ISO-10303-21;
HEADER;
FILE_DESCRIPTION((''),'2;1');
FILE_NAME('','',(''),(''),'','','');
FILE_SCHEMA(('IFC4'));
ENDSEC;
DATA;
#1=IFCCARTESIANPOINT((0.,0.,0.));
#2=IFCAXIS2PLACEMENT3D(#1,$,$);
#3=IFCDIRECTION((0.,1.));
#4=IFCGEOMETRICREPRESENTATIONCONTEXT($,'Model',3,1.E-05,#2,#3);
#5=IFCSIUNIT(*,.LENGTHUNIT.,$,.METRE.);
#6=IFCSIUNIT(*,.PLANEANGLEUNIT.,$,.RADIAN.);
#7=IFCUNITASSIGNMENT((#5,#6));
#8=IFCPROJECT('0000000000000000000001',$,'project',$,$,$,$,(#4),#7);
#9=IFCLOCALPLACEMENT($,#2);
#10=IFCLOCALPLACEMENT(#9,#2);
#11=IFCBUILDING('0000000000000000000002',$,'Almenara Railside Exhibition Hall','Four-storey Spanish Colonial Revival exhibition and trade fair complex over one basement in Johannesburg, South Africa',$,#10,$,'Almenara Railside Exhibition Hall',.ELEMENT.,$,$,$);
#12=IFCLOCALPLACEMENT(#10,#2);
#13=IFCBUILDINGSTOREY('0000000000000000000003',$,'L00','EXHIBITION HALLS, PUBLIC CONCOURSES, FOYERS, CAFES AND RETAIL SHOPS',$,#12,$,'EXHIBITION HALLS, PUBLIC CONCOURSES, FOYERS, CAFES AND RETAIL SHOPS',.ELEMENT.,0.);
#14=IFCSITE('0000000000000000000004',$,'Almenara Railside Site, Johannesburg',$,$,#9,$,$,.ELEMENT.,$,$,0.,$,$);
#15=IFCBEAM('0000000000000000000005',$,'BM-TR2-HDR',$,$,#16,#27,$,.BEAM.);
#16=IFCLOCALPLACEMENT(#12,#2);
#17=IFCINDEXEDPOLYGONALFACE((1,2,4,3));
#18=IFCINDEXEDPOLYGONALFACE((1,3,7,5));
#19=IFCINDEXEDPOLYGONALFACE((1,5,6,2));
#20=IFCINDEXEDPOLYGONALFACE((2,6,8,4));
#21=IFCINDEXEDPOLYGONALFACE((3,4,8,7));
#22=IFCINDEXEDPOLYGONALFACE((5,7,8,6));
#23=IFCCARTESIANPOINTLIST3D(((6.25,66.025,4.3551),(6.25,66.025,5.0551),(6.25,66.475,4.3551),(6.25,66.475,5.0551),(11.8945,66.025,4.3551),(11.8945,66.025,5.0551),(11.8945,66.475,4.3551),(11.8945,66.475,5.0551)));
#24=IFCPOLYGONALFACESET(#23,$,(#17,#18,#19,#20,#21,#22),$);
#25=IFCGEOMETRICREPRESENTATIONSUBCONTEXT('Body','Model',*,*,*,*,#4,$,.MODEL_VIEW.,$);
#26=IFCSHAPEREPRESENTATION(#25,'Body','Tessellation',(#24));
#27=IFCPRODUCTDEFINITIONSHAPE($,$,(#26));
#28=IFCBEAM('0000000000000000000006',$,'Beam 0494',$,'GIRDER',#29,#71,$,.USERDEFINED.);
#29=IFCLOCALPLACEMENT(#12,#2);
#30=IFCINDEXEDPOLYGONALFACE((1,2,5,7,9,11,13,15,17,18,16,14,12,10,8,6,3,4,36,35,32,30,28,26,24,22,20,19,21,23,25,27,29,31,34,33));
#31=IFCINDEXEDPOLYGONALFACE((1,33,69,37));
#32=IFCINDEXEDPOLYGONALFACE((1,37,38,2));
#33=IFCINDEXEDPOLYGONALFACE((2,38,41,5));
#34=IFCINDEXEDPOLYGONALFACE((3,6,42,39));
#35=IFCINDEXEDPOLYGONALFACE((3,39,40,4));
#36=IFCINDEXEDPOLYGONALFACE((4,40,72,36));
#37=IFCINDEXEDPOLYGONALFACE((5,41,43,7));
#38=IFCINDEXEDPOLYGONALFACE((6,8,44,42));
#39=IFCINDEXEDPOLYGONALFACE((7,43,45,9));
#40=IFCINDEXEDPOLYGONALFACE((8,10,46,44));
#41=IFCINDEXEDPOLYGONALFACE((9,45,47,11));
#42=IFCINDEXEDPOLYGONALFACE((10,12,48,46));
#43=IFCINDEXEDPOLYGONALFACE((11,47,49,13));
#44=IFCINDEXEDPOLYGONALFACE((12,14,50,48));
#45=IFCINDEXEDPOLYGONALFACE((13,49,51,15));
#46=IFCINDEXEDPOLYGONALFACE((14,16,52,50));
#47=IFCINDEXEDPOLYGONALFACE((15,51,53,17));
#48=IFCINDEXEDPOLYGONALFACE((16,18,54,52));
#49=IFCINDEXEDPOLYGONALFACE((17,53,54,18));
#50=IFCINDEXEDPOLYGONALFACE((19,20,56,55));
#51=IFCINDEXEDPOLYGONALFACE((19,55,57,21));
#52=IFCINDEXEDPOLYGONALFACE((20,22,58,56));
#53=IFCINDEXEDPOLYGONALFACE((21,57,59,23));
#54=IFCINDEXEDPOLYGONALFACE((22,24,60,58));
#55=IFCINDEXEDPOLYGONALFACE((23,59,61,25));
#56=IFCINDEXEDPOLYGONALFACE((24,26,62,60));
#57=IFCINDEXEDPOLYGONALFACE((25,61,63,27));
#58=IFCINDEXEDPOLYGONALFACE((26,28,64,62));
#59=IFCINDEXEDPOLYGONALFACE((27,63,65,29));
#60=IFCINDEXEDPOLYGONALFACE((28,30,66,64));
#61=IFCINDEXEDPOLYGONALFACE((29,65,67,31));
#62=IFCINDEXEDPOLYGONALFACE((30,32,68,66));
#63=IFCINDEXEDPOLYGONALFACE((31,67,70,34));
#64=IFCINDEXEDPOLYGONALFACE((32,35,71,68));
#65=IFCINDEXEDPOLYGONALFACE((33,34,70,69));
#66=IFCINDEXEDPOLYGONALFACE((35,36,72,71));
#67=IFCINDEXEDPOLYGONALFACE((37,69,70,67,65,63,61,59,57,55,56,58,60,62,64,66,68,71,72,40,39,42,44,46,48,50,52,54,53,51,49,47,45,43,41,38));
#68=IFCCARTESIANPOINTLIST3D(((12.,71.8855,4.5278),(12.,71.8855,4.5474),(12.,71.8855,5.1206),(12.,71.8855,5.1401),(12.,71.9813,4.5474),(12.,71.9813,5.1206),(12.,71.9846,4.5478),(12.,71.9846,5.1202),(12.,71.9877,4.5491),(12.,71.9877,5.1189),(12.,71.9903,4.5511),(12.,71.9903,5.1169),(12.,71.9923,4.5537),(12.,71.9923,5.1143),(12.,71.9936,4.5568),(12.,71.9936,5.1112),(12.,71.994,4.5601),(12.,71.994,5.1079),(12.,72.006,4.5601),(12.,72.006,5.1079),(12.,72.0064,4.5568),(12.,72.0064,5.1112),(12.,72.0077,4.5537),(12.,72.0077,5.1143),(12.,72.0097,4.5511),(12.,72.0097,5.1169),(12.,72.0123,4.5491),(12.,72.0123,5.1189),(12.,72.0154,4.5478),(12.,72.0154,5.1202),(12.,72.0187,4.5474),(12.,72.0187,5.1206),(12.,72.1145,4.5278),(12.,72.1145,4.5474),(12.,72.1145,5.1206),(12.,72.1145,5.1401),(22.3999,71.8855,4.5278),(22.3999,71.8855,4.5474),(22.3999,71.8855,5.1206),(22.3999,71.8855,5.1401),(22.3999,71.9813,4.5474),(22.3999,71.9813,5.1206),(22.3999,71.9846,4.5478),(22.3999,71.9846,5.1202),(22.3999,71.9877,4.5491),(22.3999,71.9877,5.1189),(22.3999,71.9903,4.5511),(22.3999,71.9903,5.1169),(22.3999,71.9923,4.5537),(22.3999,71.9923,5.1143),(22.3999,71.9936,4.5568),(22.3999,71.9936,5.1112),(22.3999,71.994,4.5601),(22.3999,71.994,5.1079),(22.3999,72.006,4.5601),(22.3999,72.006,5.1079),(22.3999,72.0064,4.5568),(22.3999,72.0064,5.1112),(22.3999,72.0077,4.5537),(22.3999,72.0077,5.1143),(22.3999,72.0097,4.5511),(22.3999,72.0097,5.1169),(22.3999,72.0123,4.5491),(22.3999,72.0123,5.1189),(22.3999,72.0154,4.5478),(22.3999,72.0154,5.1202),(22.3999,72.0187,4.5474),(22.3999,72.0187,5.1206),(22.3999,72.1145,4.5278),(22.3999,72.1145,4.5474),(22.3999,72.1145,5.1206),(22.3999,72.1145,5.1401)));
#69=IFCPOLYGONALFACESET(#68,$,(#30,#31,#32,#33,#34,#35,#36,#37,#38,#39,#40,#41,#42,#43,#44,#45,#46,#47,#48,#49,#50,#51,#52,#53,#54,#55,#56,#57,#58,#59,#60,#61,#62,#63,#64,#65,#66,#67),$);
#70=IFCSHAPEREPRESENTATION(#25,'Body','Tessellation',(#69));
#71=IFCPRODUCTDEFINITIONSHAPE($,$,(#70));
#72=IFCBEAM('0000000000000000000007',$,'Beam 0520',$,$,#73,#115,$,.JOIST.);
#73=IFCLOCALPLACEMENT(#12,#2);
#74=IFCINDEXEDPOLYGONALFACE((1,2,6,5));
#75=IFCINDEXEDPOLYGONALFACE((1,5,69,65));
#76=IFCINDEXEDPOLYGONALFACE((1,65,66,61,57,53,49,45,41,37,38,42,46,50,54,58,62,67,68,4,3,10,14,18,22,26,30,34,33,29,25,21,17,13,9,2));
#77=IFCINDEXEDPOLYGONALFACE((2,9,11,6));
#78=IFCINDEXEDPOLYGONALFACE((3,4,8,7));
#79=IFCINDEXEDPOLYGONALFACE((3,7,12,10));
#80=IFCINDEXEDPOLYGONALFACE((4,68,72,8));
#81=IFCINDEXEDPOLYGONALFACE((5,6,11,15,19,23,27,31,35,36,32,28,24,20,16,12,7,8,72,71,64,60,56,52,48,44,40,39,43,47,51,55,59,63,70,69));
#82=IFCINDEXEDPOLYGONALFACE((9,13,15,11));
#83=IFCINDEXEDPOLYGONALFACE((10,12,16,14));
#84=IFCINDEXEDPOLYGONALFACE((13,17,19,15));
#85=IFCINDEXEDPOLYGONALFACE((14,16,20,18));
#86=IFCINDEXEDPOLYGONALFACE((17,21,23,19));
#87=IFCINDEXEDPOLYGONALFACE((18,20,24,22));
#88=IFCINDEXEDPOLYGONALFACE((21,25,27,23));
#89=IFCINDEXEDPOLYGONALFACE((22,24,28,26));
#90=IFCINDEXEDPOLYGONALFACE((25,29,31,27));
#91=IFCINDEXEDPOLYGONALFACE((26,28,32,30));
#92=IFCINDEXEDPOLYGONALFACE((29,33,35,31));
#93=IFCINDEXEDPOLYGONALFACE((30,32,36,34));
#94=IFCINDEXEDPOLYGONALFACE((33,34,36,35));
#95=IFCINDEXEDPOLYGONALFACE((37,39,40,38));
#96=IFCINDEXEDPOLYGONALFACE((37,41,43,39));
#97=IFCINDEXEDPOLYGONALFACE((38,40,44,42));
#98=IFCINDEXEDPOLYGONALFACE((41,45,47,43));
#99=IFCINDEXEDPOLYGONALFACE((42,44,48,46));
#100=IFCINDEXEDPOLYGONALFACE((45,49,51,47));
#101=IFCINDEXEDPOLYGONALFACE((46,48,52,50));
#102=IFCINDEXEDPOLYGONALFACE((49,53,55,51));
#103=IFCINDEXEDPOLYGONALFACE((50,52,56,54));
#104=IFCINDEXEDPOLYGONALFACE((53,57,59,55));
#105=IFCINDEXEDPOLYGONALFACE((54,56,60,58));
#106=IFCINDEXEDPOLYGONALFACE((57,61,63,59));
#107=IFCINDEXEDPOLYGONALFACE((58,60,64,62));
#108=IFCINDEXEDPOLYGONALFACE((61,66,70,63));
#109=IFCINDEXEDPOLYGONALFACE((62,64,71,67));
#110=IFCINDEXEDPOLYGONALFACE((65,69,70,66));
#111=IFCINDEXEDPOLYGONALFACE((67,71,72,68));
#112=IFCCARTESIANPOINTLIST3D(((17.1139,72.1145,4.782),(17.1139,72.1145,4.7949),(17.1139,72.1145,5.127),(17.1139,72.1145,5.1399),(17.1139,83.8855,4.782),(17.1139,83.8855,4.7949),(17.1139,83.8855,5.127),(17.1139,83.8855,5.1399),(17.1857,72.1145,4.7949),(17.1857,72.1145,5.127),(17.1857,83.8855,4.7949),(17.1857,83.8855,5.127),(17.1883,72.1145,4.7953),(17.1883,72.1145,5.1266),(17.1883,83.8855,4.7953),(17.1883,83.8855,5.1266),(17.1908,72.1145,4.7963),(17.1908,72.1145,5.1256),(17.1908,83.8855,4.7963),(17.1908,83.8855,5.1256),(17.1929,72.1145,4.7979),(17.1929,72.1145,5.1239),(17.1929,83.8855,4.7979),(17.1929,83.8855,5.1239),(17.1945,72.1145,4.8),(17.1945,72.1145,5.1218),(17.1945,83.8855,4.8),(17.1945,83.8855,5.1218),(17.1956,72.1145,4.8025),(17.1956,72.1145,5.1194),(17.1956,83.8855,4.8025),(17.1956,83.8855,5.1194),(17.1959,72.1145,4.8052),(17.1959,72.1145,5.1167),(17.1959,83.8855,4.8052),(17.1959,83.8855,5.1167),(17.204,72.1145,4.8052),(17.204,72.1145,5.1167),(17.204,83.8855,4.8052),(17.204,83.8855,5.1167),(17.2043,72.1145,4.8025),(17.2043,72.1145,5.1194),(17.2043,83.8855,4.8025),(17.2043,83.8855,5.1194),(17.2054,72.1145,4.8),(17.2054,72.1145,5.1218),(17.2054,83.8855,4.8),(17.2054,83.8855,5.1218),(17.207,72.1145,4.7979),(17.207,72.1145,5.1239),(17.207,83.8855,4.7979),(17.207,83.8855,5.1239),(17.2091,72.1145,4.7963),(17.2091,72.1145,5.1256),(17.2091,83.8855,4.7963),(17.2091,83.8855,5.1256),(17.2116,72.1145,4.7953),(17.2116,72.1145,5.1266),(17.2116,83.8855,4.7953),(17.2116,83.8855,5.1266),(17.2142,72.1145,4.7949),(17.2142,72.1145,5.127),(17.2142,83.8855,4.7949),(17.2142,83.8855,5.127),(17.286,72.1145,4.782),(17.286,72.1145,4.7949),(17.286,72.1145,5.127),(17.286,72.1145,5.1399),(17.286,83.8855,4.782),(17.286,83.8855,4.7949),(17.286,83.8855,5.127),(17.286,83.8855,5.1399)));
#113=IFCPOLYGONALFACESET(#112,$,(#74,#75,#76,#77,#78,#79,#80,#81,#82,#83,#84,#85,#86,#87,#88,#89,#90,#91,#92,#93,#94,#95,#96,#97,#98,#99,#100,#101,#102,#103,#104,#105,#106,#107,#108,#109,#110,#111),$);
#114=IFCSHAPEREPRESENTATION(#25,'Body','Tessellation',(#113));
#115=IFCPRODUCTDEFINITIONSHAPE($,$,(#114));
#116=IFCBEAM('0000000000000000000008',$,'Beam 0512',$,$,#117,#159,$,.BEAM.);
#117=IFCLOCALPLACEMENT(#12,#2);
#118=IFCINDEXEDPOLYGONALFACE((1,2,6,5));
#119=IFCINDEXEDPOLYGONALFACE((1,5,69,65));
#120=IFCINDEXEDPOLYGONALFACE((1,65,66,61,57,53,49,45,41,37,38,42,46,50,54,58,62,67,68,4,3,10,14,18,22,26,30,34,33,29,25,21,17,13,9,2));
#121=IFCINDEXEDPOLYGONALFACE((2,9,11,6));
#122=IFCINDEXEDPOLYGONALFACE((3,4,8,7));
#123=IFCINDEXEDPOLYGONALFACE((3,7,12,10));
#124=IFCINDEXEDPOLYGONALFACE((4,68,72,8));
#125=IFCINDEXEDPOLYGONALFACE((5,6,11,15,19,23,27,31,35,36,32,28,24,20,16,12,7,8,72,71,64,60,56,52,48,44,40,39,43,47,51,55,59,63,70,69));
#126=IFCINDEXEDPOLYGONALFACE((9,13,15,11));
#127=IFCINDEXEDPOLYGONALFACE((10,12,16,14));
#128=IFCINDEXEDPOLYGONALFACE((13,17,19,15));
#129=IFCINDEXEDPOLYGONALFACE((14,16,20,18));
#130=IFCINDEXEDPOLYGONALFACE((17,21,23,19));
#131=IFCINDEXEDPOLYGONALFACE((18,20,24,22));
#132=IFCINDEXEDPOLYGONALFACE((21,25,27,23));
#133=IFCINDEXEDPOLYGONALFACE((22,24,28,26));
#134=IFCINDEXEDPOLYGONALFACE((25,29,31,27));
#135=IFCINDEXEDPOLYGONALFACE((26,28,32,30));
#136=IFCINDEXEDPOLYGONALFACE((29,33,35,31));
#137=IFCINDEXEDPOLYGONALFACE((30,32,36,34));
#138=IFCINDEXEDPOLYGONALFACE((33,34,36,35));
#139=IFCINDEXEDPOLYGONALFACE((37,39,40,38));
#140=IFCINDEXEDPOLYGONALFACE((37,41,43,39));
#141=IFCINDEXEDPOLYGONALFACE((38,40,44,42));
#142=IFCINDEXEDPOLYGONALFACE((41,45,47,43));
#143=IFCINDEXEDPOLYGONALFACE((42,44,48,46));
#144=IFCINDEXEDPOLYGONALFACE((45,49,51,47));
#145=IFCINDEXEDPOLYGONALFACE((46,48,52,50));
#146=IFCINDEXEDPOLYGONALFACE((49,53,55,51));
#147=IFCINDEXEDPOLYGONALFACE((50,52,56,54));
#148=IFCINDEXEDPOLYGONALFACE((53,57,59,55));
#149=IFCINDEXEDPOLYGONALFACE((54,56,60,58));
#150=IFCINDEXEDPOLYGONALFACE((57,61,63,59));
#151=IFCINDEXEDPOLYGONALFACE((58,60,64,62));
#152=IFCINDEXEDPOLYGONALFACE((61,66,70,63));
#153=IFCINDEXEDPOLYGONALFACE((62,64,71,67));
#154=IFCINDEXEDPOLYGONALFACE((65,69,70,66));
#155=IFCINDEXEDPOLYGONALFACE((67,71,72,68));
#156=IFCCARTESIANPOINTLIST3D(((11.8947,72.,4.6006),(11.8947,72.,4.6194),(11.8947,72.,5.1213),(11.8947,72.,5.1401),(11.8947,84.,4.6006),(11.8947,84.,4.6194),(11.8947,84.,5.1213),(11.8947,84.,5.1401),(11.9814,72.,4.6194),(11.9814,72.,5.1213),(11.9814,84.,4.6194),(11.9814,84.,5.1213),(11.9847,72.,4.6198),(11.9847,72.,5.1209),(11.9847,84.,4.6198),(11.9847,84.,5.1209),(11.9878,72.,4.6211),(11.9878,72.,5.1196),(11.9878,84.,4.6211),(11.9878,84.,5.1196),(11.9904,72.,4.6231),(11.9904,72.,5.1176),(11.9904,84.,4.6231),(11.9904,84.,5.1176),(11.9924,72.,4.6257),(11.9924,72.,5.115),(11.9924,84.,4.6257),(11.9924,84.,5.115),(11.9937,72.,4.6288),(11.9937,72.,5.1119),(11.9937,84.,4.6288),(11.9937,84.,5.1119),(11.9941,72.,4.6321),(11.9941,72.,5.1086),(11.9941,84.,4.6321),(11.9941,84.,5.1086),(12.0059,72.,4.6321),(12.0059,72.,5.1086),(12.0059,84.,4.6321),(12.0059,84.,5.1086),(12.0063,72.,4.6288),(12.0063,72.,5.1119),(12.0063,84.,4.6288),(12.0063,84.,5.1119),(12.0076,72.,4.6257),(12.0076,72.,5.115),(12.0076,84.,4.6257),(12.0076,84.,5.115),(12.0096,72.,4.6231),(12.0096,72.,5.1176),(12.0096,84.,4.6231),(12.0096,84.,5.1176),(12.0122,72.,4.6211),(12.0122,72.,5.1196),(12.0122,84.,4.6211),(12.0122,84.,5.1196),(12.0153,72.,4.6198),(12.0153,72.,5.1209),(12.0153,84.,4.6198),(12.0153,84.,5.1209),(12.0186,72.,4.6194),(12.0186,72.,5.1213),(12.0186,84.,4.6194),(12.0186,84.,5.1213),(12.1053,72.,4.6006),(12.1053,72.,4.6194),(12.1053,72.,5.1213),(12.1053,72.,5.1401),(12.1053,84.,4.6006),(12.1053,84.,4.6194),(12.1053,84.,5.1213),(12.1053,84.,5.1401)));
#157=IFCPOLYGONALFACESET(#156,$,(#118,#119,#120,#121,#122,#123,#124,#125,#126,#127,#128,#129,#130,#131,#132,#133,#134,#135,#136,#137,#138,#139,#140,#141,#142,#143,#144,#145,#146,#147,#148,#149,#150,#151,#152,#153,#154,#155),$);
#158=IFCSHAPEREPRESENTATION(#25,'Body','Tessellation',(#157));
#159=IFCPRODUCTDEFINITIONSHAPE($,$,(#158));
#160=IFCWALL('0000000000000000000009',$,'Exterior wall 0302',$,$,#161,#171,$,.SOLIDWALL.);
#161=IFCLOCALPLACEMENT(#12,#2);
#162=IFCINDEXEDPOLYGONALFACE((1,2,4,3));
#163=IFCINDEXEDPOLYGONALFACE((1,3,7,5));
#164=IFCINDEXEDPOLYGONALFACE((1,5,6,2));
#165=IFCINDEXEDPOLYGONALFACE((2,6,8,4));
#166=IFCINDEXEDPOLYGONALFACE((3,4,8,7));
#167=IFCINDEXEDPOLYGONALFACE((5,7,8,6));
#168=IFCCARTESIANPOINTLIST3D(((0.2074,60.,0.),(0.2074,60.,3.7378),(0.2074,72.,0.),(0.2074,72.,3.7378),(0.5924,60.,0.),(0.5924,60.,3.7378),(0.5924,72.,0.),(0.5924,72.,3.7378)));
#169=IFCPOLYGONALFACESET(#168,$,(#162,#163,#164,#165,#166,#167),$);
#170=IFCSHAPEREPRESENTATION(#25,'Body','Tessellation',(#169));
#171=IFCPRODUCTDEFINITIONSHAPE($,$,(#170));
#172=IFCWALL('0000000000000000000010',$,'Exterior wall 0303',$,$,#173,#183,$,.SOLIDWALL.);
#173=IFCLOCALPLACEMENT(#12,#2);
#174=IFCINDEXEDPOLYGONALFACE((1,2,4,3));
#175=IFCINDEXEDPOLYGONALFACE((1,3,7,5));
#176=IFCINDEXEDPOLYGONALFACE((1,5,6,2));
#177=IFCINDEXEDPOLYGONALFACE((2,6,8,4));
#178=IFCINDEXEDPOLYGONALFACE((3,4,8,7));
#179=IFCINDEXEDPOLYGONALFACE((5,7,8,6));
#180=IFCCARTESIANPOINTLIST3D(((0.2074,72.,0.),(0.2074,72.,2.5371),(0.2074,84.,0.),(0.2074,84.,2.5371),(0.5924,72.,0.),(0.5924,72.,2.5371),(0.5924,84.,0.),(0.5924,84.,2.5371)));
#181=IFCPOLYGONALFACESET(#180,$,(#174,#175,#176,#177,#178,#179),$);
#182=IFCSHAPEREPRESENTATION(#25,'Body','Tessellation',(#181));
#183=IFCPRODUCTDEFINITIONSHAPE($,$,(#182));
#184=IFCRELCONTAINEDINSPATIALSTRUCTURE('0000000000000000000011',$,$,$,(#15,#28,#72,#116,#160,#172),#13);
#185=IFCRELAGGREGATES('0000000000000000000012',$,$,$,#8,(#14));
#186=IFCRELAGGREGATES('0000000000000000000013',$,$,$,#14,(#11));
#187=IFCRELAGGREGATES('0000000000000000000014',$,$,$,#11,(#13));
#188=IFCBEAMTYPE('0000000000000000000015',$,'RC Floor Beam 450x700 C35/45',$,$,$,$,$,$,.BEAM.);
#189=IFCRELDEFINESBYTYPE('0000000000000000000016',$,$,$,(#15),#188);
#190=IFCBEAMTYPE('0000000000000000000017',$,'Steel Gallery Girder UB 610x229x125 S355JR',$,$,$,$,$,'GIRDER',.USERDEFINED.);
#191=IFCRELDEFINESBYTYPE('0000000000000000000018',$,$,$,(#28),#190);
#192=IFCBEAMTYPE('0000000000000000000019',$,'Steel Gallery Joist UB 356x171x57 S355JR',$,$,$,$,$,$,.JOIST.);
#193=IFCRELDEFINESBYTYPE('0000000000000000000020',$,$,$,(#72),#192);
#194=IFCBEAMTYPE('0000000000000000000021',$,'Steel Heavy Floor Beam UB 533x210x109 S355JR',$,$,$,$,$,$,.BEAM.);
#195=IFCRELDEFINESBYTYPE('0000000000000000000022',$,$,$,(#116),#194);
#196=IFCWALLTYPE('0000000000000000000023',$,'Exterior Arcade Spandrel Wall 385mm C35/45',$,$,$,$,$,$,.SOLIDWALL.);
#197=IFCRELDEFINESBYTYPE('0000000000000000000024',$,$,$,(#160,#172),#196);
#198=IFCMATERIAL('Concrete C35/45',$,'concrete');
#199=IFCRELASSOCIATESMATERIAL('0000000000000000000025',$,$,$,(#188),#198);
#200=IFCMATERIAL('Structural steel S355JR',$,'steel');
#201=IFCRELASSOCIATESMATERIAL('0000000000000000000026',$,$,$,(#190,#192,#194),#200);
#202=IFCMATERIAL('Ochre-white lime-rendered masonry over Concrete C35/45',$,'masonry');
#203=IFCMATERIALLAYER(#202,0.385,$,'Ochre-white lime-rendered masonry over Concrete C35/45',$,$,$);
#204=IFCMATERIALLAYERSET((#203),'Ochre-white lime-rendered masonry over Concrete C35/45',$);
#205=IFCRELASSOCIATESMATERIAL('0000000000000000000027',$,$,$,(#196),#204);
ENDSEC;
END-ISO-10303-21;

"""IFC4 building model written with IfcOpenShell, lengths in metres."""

from ifc_helpers import new_model, si_unit, direction, frame, frame_2d, origin, origin_2d, place, context, subcontext, project, spatial, rectangle, i_section, extrude, material, layer, layer_set, material_profile, profile_set, type_object, element, save


model = new_model("IFC4")

# Units and contexts
model_context = context("Model", 3, precision=1e-05, world=origin(), true_north=direction((0.0, 1.0)))
body_context = subcontext(model_context, "Body", "Model", "MODEL_VIEW")
ifc_project = project(units=[si_unit("LENGTHUNIT", "METRE"), si_unit("PLANEANGLEUNIT", "RADIAN")], contexts=[model_context])

# Site, building, storey
site_placement = place(None, origin())
site = spatial("IfcSite", under=ifc_project, at=site_placement, Name="Almenara Railside Site, Johannesburg", CompositionType="ELEMENT", RefElevation=0.0)
building_placement = place(site_placement, origin())
building = spatial("IfcBuilding", under=site, at=building_placement, Name="Almenara Railside Exhibition Hall", Description="Four-storey Spanish Colonial Revival exhibition and trade fair complex over one basement in Johannesburg, South Africa", LongName="Almenara Railside Exhibition Hall", CompositionType="ELEMENT")
storey_placement = place(building_placement, origin())
storey = spatial("IfcBuildingStorey", under=building, at=storey_placement, Name="L00", Description="EXHIBITION HALLS, PUBLIC CONCOURSES, FOYERS, CAFES AND RETAIL SHOPS", LongName="EXHIBITION HALLS, PUBLIC CONCOURSES, FOYERS, CAFES AND RETAIL SHOPS", CompositionType="ELEMENT", Elevation=0.0)

# Shared definitions
ifc_material_1 = material(Name="Concrete C35/45", Category="concrete")

# Beams
ifc_material_profile_1 = material_profile(ifc_material_1, rectangle(XDim=0.45, YDim=0.7, at=origin_2d()), Name="RC 450x700")
ifc_profile_set_1 = profile_set([ifc_material_profile_1], Name="Concrete C35/45")
beam_type_1 = type_object("IfcBeamType", Name="RC Floor Beam 450x700 C35/45", PredefinedType="BEAM", material=ifc_profile_set_1)
beam_1_placement = place(storey_placement, frame((6.25, 66.25, 4.7051), z_axis=(1.0, 0.0, 0.0), x_axis=(0.0, 1.0, 0.0)))
element("IfcBeam", 1, at=beam_1_placement, inside=storey, type_object=beam_type_1, Name="BM-TR2-HDR", PredefinedType="BEAM", context=body_context, shape_type="SweptSolid", body=[
    extrude(rectangle(XDim=0.45, YDim=0.7, at=origin_2d()), origin(), (0.0, 0.0, 1.0), 5.6445),
])
ifc_material_2 = material(Name="Structural steel S355JR", Category="steel")
ifc_material_profile_2 = material_profile(ifc_material_2, i_section(OverallWidth=0.229, OverallDepth=0.6123, WebThickness=0.012, FlangeThickness=0.0195, FilletRadius=0.0127, at=origin_2d()), Name="UB 610x229x125")
ifc_profile_set_2 = profile_set([ifc_material_profile_2], Name="Structural steel S355JR")
beam_type_2 = type_object("IfcBeamType", Name="Steel Gallery Girder UB 610x229x125 S355JR", ElementType="GIRDER", PredefinedType="USERDEFINED", material=ifc_profile_set_2)
beam_2_placement = place(storey_placement, frame((12.0, 72.0, 4.834), z_axis=(1.0, 0.0, 0.0), x_axis=(0.0, 1.0, 0.0)))
element("IfcBeam", 2, at=beam_2_placement, inside=storey, type_object=beam_type_2, Name="Beam 0494", ObjectType="GIRDER", PredefinedType="USERDEFINED", context=body_context, shape_type="SweptSolid", body=[
    extrude(i_section(OverallWidth=0.229, OverallDepth=0.6123, WebThickness=0.012, FlangeThickness=0.0195, FilletRadius=0.0127, at=origin_2d()), origin(), (0.0, 0.0, 1.0), 10.3999),
])
ifc_material_profile_3 = material_profile(ifc_material_2, i_section(OverallWidth=0.1721, OverallDepth=0.3579, WebThickness=0.0081, FlangeThickness=0.0129, FilletRadius=0.0103, at=origin_2d()), Name="UB 356x171x57")
ifc_profile_set_3 = profile_set([ifc_material_profile_3], Name="Structural steel S355JR")
beam_type_3 = type_object("IfcBeamType", Name="Steel Gallery Joist UB 356x171x57 S355JR", PredefinedType="JOIST", material=ifc_profile_set_3)
beam_3_placement = place(storey_placement, frame((17.2, 72.1145, 4.9609), z_axis=(0.0, 1.0, 0.0), x_axis=(-1.0, 0.0, 0.0)))
element("IfcBeam", 3, at=beam_3_placement, inside=storey, type_object=beam_type_3, Name="Beam 0520", PredefinedType="JOIST", context=body_context, shape_type="SweptSolid", body=[
    extrude(i_section(OverallWidth=0.1721, OverallDepth=0.3579, WebThickness=0.0081, FlangeThickness=0.0129, FilletRadius=0.0103, at=origin_2d()), origin(), (0.0, 0.0, 1.0), 11.771),
])
ifc_material_profile_4 = material_profile(ifc_material_2, i_section(OverallWidth=0.2107, OverallDepth=0.5396, WebThickness=0.0117, FlangeThickness=0.0188, FilletRadius=0.0127, at=origin_2d()), Name="UB 533x210x109")
ifc_profile_set_4 = profile_set([ifc_material_profile_4], Name="Structural steel S355JR")
beam_type_4 = type_object("IfcBeamType", Name="Steel Heavy Floor Beam UB 533x210x109 S355JR", PredefinedType="BEAM", material=ifc_profile_set_4)
beam_4_placement = place(storey_placement, frame((12.0, 72.0, 4.8704), z_axis=(0.0, 1.0, 0.0), x_axis=(-1.0, 0.0, 0.0)))
element("IfcBeam", 4, at=beam_4_placement, inside=storey, type_object=beam_type_4, Name="Beam 0512", PredefinedType="BEAM", context=body_context, shape_type="SweptSolid", body=[
    extrude(i_section(OverallWidth=0.2107, OverallDepth=0.5396, WebThickness=0.0117, FlangeThickness=0.0188, FilletRadius=0.0127, at=origin_2d()), origin(), (0.0, 0.0, 1.0), 12.0),
])

# Walls
ifc_material_3 = material(Name="Ochre-white lime-rendered masonry over Concrete C35/45", Category="masonry")
ifc_layer_1 = layer(ifc_material_3, 0.385, Name="Ochre-white lime-rendered masonry over Concrete C35/45")
ifc_layer_set_1 = layer_set([ifc_layer_1], Name="Ochre-white lime-rendered masonry over Concrete C35/45")
wall_type_1 = type_object("IfcWallType", Name="Exterior Arcade Spandrel Wall 385mm C35/45", PredefinedType="SOLIDWALL", material=ifc_layer_set_1)
wall_1_placement = place(storey_placement, frame((0.3999, 72.0, 0.0), z_axis=(0.0, 0.0, 1.0), x_axis=(0.0, -1.0, 0.0)))
element("IfcWall", 5, at=wall_1_placement, inside=storey, type_object=wall_type_1, Name="Exterior wall 0302", PredefinedType="SOLIDWALL", context=body_context, shape_type="SweptSolid", body=[
    extrude(rectangle(XDim=12.0, YDim=0.385, at=frame_2d((6.0, 0.0))), origin(), (0.0, 0.0, 1.0), 3.7378),
])
wall_2_placement = place(storey_placement, frame((0.3999, 84.0, 0.0), z_axis=(0.0, 0.0, 1.0), x_axis=(0.0, -1.0, 0.0)))
element("IfcWall", 6, at=wall_2_placement, inside=storey, type_object=wall_type_1, Name="Exterior wall 0303", PredefinedType="SOLIDWALL", context=body_context, shape_type="SweptSolid", body=[
    extrude(rectangle(XDim=12.0, YDim=0.385, at=frame_2d((6.0, 0.0))), origin(), (0.0, 0.0, 1.0), 2.5371),
])

save(model, "model.ifc")
